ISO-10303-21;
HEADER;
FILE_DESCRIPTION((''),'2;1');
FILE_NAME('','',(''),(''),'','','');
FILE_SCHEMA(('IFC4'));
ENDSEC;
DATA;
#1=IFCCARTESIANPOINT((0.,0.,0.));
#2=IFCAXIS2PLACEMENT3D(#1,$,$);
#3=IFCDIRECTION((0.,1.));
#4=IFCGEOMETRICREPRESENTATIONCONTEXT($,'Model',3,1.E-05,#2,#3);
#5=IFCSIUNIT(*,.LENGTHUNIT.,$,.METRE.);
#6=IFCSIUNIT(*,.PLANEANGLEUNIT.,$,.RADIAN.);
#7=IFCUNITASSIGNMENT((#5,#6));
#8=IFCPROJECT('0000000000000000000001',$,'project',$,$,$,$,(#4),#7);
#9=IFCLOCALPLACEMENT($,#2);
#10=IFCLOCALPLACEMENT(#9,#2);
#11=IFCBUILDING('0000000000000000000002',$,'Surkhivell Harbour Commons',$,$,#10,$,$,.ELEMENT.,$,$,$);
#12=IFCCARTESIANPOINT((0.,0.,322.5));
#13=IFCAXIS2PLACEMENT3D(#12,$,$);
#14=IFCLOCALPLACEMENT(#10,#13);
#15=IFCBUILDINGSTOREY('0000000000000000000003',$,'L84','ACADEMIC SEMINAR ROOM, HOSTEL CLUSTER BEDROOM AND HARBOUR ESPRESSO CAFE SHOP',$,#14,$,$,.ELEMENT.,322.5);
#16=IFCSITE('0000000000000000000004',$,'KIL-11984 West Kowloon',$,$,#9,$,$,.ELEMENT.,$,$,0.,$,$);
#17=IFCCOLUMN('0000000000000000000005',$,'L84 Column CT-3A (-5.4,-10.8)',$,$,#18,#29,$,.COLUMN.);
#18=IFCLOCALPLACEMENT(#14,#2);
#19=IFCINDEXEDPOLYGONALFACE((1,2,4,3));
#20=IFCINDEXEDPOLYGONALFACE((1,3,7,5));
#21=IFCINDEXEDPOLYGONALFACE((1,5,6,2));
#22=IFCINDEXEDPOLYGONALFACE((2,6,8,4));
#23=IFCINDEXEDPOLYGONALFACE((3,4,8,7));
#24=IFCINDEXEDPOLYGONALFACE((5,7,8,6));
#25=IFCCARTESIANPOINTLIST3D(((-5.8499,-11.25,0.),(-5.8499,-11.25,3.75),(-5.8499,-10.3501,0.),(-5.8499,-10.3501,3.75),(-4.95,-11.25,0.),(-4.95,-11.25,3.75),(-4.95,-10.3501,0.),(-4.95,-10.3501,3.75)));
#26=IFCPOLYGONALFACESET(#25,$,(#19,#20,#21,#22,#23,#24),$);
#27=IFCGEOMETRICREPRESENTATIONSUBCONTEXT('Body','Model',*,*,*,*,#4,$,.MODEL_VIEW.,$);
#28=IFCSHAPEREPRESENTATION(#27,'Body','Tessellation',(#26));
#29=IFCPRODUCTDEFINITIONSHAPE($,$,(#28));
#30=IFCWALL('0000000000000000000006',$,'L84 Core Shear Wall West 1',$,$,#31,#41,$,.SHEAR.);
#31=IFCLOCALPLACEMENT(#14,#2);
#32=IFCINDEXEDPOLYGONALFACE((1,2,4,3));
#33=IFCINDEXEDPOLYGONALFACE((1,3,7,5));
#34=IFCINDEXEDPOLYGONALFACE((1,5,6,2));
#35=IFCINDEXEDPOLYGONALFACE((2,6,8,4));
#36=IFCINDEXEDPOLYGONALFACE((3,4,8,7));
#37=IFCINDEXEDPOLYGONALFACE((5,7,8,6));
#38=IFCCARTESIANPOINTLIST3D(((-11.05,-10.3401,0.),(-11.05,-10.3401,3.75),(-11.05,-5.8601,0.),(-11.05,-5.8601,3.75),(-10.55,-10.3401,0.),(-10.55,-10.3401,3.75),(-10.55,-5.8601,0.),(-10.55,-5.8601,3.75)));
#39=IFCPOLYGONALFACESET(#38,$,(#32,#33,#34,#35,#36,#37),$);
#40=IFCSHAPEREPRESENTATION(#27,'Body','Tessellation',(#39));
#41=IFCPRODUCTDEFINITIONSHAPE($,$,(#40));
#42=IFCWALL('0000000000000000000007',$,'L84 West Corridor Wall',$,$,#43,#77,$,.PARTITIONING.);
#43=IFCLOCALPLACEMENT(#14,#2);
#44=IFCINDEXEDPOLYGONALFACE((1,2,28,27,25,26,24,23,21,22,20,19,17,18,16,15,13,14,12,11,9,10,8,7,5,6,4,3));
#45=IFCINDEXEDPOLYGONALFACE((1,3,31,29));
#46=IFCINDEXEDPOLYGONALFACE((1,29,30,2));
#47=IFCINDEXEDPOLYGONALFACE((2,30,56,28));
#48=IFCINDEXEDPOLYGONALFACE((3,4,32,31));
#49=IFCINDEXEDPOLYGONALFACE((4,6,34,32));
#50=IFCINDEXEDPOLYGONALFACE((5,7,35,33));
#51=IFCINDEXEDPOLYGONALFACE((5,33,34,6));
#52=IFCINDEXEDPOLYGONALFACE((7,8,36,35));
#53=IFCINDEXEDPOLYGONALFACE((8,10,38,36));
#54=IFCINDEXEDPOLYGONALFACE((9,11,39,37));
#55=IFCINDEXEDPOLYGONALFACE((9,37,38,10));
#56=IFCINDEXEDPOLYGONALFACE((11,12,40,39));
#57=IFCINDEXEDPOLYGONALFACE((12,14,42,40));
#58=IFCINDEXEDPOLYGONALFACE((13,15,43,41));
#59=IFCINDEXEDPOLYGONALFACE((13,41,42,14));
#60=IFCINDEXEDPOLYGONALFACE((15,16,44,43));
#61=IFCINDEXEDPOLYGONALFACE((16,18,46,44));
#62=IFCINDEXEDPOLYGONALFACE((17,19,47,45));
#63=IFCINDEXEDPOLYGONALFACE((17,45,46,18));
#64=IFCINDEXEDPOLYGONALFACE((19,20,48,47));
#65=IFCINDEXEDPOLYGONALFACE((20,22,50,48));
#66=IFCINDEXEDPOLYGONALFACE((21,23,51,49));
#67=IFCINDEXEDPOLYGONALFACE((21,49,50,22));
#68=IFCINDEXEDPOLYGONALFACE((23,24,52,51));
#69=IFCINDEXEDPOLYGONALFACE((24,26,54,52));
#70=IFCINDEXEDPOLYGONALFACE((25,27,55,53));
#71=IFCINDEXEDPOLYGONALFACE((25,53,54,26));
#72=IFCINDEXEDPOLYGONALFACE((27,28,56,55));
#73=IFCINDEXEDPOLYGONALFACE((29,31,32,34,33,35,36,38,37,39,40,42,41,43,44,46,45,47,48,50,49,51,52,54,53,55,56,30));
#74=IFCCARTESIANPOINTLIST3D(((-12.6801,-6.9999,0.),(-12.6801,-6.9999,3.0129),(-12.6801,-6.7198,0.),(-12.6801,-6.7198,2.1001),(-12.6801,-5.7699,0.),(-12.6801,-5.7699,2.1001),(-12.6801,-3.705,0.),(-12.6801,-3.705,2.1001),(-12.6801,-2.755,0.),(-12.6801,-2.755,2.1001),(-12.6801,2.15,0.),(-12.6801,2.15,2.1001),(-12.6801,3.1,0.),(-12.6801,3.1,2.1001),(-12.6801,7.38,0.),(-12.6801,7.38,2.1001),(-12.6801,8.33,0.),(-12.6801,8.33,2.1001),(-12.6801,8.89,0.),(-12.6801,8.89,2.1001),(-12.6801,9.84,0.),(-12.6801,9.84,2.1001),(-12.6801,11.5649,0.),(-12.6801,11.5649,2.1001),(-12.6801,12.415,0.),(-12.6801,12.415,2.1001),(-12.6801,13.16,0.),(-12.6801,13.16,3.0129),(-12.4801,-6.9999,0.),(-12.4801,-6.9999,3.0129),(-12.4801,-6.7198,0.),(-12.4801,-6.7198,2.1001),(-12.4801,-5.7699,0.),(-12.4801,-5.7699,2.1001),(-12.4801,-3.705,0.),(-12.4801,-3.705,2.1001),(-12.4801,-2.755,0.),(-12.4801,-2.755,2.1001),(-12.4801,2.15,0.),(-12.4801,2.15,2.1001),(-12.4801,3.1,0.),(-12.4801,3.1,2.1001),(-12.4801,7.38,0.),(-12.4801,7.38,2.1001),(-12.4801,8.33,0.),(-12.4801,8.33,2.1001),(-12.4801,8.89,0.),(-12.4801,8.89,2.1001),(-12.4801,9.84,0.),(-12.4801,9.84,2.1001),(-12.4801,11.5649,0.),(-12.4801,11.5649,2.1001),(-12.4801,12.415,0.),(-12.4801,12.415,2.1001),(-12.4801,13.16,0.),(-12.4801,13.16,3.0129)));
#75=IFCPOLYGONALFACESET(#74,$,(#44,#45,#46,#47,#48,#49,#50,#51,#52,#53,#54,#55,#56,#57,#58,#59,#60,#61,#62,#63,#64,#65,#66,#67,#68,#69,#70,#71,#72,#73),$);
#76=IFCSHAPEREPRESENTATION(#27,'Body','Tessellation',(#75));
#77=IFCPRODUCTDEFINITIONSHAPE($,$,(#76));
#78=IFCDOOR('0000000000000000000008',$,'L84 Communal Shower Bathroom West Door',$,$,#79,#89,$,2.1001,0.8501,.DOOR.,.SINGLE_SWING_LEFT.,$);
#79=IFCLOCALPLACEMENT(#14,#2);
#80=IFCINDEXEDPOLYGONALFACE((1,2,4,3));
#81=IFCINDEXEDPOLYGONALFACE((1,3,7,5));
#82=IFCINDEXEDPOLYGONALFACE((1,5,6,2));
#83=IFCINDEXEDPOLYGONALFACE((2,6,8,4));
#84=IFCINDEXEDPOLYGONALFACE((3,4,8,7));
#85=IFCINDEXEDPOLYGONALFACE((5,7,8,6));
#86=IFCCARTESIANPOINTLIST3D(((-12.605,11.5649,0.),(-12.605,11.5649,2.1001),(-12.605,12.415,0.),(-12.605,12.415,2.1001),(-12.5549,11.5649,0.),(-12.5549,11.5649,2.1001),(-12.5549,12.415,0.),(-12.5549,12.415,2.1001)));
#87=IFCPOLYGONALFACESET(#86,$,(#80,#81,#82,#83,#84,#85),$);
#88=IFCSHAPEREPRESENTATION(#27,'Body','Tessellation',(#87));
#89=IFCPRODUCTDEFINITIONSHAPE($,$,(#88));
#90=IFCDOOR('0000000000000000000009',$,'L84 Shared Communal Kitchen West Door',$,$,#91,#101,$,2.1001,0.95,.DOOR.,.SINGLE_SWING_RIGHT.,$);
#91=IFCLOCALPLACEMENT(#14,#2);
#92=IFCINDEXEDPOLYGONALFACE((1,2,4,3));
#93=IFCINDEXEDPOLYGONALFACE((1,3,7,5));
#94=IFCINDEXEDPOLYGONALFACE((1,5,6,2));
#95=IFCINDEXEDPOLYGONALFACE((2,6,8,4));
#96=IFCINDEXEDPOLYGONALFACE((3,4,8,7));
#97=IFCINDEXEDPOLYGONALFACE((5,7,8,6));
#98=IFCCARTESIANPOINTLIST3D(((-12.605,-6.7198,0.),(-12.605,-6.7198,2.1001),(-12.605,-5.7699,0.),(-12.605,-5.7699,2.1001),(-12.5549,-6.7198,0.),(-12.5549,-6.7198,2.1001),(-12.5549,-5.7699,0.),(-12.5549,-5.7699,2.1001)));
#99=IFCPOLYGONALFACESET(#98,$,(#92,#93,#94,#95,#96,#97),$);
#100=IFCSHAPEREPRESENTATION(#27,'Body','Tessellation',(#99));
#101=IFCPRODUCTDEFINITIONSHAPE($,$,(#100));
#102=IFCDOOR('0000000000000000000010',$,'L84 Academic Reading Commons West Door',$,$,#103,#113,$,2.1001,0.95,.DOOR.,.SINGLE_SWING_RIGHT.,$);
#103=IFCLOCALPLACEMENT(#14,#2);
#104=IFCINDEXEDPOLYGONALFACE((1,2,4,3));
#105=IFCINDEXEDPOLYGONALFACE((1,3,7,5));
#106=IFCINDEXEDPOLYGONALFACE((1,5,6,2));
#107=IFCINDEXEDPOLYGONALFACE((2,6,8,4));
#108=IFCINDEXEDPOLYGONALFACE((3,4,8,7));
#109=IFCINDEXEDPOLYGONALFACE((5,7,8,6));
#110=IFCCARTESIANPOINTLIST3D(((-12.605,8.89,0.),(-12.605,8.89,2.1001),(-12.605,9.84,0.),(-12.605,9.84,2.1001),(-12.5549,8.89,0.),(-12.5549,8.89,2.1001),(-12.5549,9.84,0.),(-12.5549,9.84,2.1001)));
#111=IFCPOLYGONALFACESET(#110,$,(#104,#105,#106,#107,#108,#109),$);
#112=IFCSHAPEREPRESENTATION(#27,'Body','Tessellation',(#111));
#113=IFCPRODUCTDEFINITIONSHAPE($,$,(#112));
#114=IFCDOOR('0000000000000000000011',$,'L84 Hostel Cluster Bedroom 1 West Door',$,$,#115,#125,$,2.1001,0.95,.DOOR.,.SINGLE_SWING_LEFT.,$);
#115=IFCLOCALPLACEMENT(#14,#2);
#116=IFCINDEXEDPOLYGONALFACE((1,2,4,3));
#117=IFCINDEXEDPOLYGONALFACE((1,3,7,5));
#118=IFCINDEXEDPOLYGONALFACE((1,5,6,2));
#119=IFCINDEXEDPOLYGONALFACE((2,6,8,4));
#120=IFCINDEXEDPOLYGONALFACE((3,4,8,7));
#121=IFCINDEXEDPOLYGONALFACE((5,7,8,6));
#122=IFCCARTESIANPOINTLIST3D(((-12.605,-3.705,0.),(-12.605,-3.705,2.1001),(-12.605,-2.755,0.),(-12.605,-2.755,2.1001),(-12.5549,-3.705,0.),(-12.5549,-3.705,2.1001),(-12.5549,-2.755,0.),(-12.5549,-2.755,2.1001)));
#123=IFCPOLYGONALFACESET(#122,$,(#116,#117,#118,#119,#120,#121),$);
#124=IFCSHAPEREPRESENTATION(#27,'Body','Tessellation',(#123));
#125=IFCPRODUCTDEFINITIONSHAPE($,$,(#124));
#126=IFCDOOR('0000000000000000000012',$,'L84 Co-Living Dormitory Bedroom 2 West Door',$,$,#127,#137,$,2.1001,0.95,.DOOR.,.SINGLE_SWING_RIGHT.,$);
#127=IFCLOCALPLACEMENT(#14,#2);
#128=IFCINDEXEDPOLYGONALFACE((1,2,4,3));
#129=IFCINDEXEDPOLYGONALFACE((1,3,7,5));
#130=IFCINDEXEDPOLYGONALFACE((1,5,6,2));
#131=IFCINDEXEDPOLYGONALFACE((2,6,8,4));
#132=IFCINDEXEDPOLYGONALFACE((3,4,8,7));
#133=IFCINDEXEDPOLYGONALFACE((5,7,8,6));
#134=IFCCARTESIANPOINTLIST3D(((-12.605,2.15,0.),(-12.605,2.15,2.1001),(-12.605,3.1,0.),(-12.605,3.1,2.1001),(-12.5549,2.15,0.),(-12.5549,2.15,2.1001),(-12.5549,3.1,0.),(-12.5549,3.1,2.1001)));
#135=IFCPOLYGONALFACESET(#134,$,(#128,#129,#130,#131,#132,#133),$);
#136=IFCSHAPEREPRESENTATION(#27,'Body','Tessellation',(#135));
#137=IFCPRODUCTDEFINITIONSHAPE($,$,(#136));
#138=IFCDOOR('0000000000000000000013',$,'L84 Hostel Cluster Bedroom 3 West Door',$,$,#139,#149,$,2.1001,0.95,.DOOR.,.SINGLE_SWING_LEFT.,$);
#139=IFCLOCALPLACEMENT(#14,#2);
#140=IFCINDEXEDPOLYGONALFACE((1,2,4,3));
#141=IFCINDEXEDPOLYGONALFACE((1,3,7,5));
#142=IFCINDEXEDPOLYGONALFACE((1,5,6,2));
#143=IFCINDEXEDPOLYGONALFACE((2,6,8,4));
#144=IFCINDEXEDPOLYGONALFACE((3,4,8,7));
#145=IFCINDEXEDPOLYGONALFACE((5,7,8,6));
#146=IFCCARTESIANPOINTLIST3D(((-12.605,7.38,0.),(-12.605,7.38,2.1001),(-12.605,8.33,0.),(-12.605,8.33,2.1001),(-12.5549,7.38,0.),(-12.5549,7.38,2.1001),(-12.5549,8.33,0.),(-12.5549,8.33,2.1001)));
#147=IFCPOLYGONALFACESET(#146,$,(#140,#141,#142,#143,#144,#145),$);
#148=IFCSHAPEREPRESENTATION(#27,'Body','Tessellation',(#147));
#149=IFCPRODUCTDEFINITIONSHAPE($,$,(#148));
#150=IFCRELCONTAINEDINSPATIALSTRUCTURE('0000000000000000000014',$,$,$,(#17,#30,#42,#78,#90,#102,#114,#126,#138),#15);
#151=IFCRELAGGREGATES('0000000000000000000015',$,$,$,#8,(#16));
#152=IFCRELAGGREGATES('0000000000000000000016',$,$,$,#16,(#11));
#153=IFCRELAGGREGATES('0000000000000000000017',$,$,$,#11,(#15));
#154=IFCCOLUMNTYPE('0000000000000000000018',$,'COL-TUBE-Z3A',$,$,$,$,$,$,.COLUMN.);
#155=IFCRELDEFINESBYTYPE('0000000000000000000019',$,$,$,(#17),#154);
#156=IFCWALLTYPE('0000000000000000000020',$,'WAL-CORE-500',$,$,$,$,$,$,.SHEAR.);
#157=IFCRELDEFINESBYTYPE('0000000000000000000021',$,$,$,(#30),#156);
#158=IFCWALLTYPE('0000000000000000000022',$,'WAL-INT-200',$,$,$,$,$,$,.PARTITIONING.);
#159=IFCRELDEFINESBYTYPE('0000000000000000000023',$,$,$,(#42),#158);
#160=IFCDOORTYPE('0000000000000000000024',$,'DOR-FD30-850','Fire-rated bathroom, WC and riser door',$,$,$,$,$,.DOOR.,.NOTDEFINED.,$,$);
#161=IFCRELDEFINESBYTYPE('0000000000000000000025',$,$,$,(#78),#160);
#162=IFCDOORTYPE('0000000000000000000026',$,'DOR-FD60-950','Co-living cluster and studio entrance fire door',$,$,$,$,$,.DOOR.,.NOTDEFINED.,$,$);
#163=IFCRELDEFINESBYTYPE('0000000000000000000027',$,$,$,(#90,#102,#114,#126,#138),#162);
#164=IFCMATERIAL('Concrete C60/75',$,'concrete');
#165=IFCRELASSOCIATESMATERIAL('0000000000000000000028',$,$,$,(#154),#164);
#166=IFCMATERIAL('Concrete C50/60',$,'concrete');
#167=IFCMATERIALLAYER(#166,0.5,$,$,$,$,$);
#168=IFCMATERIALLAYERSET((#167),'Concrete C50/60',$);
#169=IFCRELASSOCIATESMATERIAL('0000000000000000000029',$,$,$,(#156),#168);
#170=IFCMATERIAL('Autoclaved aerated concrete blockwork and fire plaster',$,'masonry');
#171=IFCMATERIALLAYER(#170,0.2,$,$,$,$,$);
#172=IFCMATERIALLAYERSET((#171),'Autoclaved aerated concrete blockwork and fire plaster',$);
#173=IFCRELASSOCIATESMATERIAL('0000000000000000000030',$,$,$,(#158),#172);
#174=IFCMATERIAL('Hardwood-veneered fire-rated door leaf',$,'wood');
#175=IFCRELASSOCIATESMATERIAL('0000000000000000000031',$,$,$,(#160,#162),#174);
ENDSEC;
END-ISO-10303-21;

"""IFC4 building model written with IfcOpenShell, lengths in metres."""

from ifc_helpers import new_model, si_unit, direction, frame, frame_2d, origin, origin_2d, place, context, subcontext, project, spatial, rectangle, extrude, material, layer, layer_set, material_profile, profile_set, type_object, element, fill, save


model = new_model("IFC4")

# Units and contexts
model_context = context("Model", 3, precision=1e-05, world=origin(), true_north=direction((0.0, 1.0)))
body_context = subcontext(model_context, "Body", "Model", "MODEL_VIEW")
ifc_project = project(units=[si_unit("LENGTHUNIT", "METRE"), si_unit("PLANEANGLEUNIT", "RADIAN")], contexts=[model_context])

# Site, building, storey
site_placement = place(None, origin())
site = spatial("IfcSite", under=ifc_project, at=site_placement, Name="KIL-11984 West Kowloon", CompositionType="ELEMENT", RefElevation=0.0)
building_placement = place(site_placement, origin())
building = spatial("IfcBuilding", under=site, at=building_placement, Name="Surkhivell Harbour Commons", CompositionType="ELEMENT")
storey_placement = place(building_placement, frame((0.0, 0.0, 322.5)))
storey = spatial("IfcBuildingStorey", under=building, at=storey_placement, Name="L84", Description="ACADEMIC SEMINAR ROOM, HOSTEL CLUSTER BEDROOM AND HARBOUR ESPRESSO CAFE SHOP", CompositionType="ELEMENT", Elevation=322.5)

# Column
ifc_material_1 = material(Name="Concrete C60/75", Category="concrete")
ifc_material_profile = material_profile(ifc_material_1, rectangle(XDim=0.8999, YDim=0.8999, at=origin_2d()), Name="RC-COL-900x900")
ifc_profile_set = profile_set([ifc_material_profile], Name="Concrete C60/75")
column_type = type_object("IfcColumnType", Name="COL-TUBE-Z3A", PredefinedType="COLUMN", material=ifc_profile_set)
column_placement = place(storey_placement, frame((-5.3999, -10.8, 0.0), z_axis=(0.0, 0.0, 1.0), x_axis=(1.0, 0.0, 0.0)))
element("IfcColumn", 1, at=column_placement, inside=storey, type_object=column_type, Name="L84 Column CT-3A (-5.4,-10.8)", PredefinedType="COLUMN", context=body_context, shape_type="SweptSolid", body=[
    extrude(rectangle(XDim=0.8999, YDim=0.8999, at=origin_2d()), origin(), (0.0, 0.0, 1.0), 3.75),
])

# Wall
ifc_material_2 = material(Name="Concrete C50/60", Category="concrete")
ifc_layer_1 = layer(ifc_material_2, 0.5)
ifc_layer_set_1 = layer_set([ifc_layer_1], Name="Concrete C50/60")
wall_type_1 = type_object("IfcWallType", Name="WAL-CORE-500", PredefinedType="SHEAR", material=ifc_layer_set_1)
wall_1_placement = place(storey_placement, frame((-10.8, -10.3401, 0.0), z_axis=(0.0, 0.0, 1.0), x_axis=(0.0, 1.0, 0.0)))
element("IfcWall", 2, at=wall_1_placement, inside=storey, type_object=wall_type_1, Name="L84 Core Shear Wall West 1", PredefinedType="SHEAR", context=body_context, shape_type="SweptSolid", body=[
    extrude(rectangle(XDim=4.48, YDim=0.5, at=frame_2d((2.24, 0.0))), origin(), (0.0, 0.0, 1.0), 3.75),
])

# Wall, openings, doors
ifc_material_3 = material(Name="Autoclaved aerated concrete blockwork and fire plaster", Category="masonry")
ifc_layer_2 = layer(ifc_material_3, 0.2)
ifc_layer_set_2 = layer_set([ifc_layer_2], Name="Autoclaved aerated concrete blockwork and fire plaster")
wall_type_2 = type_object("IfcWallType", Name="WAL-INT-200", PredefinedType="PARTITIONING", material=ifc_layer_set_2)
wall_2_placement = place(storey_placement, frame((-12.5801, -7.0, 0.0), z_axis=(0.0, 0.0, 1.0), x_axis=(0.0, 1.0, 0.0)))
wall_2 = element("IfcWall", 3, at=wall_2_placement, inside=storey, type_object=wall_type_2, Name="L84 West Corridor Wall", PredefinedType="PARTITIONING", context=body_context, shape_type="SweptSolid", body=[
    extrude(rectangle(XDim=20.1599, YDim=0.2, at=frame_2d((10.0801, 0.0))), origin(), (0.0, 0.0, 1.0), 3.0129),
])
opening_1_placement = place(wall_2_placement, frame((0.28, 0.0, 0.0)))
opening_1 = element("IfcOpeningElement", 4, at=opening_1_placement, cuts=wall_2, PredefinedType="OPENING", context=body_context, shape_type="SweptSolid", body=[
    extrude(rectangle(XDim=0.95, YDim=2.1001, at=frame_2d((0.4751, 1.05))), frame((0.0, 0.1099, 0.0), z_axis=(0.0, -1.0, 0.0), x_axis=(1.0, 0.0, 0.0)), (0.0, 0.0, 1.0), 0.22),
])
opening_2_placement = place(wall_2_placement, frame((18.5649, 0.0, 0.0)))
opening_2 = element("IfcOpeningElement", 5, at=opening_2_placement, cuts=wall_2, PredefinedType="OPENING", context=body_context, shape_type="SweptSolid", body=[
    extrude(rectangle(XDim=0.8501, YDim=2.1001, at=frame_2d((0.425, 1.05))), frame((0.0, 0.1099, 0.0), z_axis=(0.0, -1.0, 0.0), x_axis=(1.0, 0.0, 0.0)), (0.0, 0.0, 1.0), 0.22),
])
opening_3_placement = place(wall_2_placement, frame((15.8899, 0.0, 0.0)))
opening_3 = element("IfcOpeningElement", 6, at=opening_3_placement, cuts=wall_2, PredefinedType="OPENING", context=body_context, shape_type="SweptSolid", body=[
    extrude(rectangle(XDim=0.95, YDim=2.1001, at=frame_2d((0.4751, 1.05))), frame((0.0, 0.1099, 0.0), z_axis=(0.0, -1.0, 0.0), x_axis=(1.0, 0.0, 0.0)), (0.0, 0.0, 1.0), 0.22),
])
opening_4_placement = place(wall_2_placement, frame((3.2949, 0.0, 0.0)))
opening_4 = element("IfcOpeningElement", 7, at=opening_4_placement, cuts=wall_2, PredefinedType="OPENING", context=body_context, shape_type="SweptSolid", body=[
    extrude(rectangle(XDim=0.95, YDim=2.1001, at=frame_2d((0.4751, 1.05))), frame((0.0, 0.1099, 0.0), z_axis=(0.0, -1.0, 0.0), x_axis=(1.0, 0.0, 0.0)), (0.0, 0.0, 1.0), 0.22),
])
opening_5_placement = place(wall_2_placement, frame((9.1499, 0.0, 0.0)))
opening_5 = element("IfcOpeningElement", 8, at=opening_5_placement, cuts=wall_2, PredefinedType="OPENING", context=body_context, shape_type="SweptSolid", body=[
    extrude(rectangle(XDim=0.95, YDim=2.1001, at=frame_2d((0.4751, 1.05))), frame((0.0, 0.1099, 0.0), z_axis=(0.0, -1.0, 0.0), x_axis=(1.0, 0.0, 0.0)), (0.0, 0.0, 1.0), 0.22),
])
opening_6_placement = place(wall_2_placement, frame((14.3799, 0.0, 0.0)))
opening_6 = element("IfcOpeningElement", 9, at=opening_6_placement, cuts=wall_2, PredefinedType="OPENING", context=body_context, shape_type="SweptSolid", body=[
    extrude(rectangle(XDim=0.95, YDim=2.1001, at=frame_2d((0.4751, 1.05))), frame((0.0, 0.1099, 0.0), z_axis=(0.0, -1.0, 0.0), x_axis=(1.0, 0.0, 0.0)), (0.0, 0.0, 1.0), 0.22),
])
ifc_material_4 = material(Name="Hardwood-veneered fire-rated door leaf", Category="wood")
door_type_1 = type_object("IfcDoorType", Name="DOR-FD30-850", Description="Fire-rated bathroom, WC and riser door", OperationType="NOTDEFINED", PredefinedType="DOOR", material=ifc_material_4)
door_1_placement = place(opening_2_placement, origin())
door_1 = element("IfcDoor", 10, at=door_1_placement, inside=storey, type_object=door_type_1, Name="L84 Communal Shower Bathroom West Door", OperationType="SINGLE_SWING_LEFT", OverallHeight=2.1001, OverallWidth=0.8501, PredefinedType="DOOR", context=body_context, shape_type="SweptSolid", body=[
    extrude(rectangle(XDim=0.8501, YDim=2.1001, at=frame_2d((0.425, 1.05))), frame((0.0, 0.0249, 0.0), z_axis=(0.0, -1.0, 0.0), x_axis=(1.0, 0.0, 0.0)), (0.0, 0.0, 1.0), 0.05),
])
fill(opening_2, door_1)
door_type_2 = type_object("IfcDoorType", Name="DOR-FD60-950", Description="Co-living cluster and studio entrance fire door", OperationType="NOTDEFINED", PredefinedType="DOOR", material=ifc_material_4)
door_2_placement = place(opening_1_placement, origin())
door_2 = element("IfcDoor", 11, at=door_2_placement, inside=storey, type_object=door_type_2, Name="L84 Shared Communal Kitchen West Door", OperationType="SINGLE_SWING_RIGHT", OverallHeight=2.1001, OverallWidth=0.95, PredefinedType="DOOR", context=body_context, shape_type="SweptSolid", body=[
    extrude(rectangle(XDim=0.95, YDim=2.1001, at=frame_2d((0.4751, 1.05))), frame((0.0, 0.0249, 0.0), z_axis=(0.0, -1.0, 0.0), x_axis=(1.0, 0.0, 0.0)), (0.0, 0.0, 1.0), 0.05),
])
fill(opening_1, door_2)
door_3_placement = place(opening_3_placement, origin())
door_3 = element("IfcDoor", 12, at=door_3_placement, inside=storey, type_object=door_type_2, Name="L84 Academic Reading Commons West Door", OperationType="SINGLE_SWING_RIGHT", OverallHeight=2.1001, OverallWidth=0.95, PredefinedType="DOOR", context=body_context, shape_type="SweptSolid", body=[
    extrude(rectangle(XDim=0.95, YDim=2.1001, at=frame_2d((0.4751, 1.05))), frame((0.0, 0.0249, 0.0), z_axis=(0.0, -1.0, 0.0), x_axis=(1.0, 0.0, 0.0)), (0.0, 0.0, 1.0), 0.05),
])
fill(opening_3, door_3)
door_4_placement = place(opening_4_placement, origin())
door_4 = element("IfcDoor", 13, at=door_4_placement, inside=storey, type_object=door_type_2, Name="L84 Hostel Cluster Bedroom 1 West Door", OperationType="SINGLE_SWING_LEFT", OverallHeight=2.1001, OverallWidth=0.95, PredefinedType="DOOR", context=body_context, shape_type="SweptSolid", body=[
    extrude(rectangle(XDim=0.95, YDim=2.1001, at=frame_2d((0.4751, 1.05))), frame((0.0, 0.0249, 0.0), z_axis=(0.0, -1.0, 0.0), x_axis=(1.0, 0.0, 0.0)), (0.0, 0.0, 1.0), 0.05),
])
fill(opening_4, door_4)
door_5_placement = place(opening_5_placement, origin())
door_5 = element("IfcDoor", 14, at=door_5_placement, inside=storey, type_object=door_type_2, Name="L84 Co-Living Dormitory Bedroom 2 West Door", OperationType="SINGLE_SWING_RIGHT", OverallHeight=2.1001, OverallWidth=0.95, PredefinedType="DOOR", context=body_context, shape_type="SweptSolid", body=[
    extrude(rectangle(XDim=0.95, YDim=2.1001, at=frame_2d((0.4751, 1.05))), frame((0.0, 0.0249, 0.0), z_axis=(0.0, -1.0, 0.0), x_axis=(1.0, 0.0, 0.0)), (0.0, 0.0, 1.0), 0.05),
])
fill(opening_5, door_5)
door_6_placement = place(opening_6_placement, origin())
door_6 = element("IfcDoor", 15, at=door_6_placement, inside=storey, type_object=door_type_2, Name="L84 Hostel Cluster Bedroom 3 West Door", OperationType="SINGLE_SWING_LEFT", OverallHeight=2.1001, OverallWidth=0.95, PredefinedType="DOOR", context=body_context, shape_type="SweptSolid", body=[
    extrude(rectangle(XDim=0.95, YDim=2.1001, at=frame_2d((0.4751, 1.05))), frame((0.0, 0.0249, 0.0), z_axis=(0.0, -1.0, 0.0), x_axis=(1.0, 0.0, 0.0)), (0.0, 0.0, 1.0), 0.05),
])
fill(opening_6, door_6)

save(model, "model.ifc")
